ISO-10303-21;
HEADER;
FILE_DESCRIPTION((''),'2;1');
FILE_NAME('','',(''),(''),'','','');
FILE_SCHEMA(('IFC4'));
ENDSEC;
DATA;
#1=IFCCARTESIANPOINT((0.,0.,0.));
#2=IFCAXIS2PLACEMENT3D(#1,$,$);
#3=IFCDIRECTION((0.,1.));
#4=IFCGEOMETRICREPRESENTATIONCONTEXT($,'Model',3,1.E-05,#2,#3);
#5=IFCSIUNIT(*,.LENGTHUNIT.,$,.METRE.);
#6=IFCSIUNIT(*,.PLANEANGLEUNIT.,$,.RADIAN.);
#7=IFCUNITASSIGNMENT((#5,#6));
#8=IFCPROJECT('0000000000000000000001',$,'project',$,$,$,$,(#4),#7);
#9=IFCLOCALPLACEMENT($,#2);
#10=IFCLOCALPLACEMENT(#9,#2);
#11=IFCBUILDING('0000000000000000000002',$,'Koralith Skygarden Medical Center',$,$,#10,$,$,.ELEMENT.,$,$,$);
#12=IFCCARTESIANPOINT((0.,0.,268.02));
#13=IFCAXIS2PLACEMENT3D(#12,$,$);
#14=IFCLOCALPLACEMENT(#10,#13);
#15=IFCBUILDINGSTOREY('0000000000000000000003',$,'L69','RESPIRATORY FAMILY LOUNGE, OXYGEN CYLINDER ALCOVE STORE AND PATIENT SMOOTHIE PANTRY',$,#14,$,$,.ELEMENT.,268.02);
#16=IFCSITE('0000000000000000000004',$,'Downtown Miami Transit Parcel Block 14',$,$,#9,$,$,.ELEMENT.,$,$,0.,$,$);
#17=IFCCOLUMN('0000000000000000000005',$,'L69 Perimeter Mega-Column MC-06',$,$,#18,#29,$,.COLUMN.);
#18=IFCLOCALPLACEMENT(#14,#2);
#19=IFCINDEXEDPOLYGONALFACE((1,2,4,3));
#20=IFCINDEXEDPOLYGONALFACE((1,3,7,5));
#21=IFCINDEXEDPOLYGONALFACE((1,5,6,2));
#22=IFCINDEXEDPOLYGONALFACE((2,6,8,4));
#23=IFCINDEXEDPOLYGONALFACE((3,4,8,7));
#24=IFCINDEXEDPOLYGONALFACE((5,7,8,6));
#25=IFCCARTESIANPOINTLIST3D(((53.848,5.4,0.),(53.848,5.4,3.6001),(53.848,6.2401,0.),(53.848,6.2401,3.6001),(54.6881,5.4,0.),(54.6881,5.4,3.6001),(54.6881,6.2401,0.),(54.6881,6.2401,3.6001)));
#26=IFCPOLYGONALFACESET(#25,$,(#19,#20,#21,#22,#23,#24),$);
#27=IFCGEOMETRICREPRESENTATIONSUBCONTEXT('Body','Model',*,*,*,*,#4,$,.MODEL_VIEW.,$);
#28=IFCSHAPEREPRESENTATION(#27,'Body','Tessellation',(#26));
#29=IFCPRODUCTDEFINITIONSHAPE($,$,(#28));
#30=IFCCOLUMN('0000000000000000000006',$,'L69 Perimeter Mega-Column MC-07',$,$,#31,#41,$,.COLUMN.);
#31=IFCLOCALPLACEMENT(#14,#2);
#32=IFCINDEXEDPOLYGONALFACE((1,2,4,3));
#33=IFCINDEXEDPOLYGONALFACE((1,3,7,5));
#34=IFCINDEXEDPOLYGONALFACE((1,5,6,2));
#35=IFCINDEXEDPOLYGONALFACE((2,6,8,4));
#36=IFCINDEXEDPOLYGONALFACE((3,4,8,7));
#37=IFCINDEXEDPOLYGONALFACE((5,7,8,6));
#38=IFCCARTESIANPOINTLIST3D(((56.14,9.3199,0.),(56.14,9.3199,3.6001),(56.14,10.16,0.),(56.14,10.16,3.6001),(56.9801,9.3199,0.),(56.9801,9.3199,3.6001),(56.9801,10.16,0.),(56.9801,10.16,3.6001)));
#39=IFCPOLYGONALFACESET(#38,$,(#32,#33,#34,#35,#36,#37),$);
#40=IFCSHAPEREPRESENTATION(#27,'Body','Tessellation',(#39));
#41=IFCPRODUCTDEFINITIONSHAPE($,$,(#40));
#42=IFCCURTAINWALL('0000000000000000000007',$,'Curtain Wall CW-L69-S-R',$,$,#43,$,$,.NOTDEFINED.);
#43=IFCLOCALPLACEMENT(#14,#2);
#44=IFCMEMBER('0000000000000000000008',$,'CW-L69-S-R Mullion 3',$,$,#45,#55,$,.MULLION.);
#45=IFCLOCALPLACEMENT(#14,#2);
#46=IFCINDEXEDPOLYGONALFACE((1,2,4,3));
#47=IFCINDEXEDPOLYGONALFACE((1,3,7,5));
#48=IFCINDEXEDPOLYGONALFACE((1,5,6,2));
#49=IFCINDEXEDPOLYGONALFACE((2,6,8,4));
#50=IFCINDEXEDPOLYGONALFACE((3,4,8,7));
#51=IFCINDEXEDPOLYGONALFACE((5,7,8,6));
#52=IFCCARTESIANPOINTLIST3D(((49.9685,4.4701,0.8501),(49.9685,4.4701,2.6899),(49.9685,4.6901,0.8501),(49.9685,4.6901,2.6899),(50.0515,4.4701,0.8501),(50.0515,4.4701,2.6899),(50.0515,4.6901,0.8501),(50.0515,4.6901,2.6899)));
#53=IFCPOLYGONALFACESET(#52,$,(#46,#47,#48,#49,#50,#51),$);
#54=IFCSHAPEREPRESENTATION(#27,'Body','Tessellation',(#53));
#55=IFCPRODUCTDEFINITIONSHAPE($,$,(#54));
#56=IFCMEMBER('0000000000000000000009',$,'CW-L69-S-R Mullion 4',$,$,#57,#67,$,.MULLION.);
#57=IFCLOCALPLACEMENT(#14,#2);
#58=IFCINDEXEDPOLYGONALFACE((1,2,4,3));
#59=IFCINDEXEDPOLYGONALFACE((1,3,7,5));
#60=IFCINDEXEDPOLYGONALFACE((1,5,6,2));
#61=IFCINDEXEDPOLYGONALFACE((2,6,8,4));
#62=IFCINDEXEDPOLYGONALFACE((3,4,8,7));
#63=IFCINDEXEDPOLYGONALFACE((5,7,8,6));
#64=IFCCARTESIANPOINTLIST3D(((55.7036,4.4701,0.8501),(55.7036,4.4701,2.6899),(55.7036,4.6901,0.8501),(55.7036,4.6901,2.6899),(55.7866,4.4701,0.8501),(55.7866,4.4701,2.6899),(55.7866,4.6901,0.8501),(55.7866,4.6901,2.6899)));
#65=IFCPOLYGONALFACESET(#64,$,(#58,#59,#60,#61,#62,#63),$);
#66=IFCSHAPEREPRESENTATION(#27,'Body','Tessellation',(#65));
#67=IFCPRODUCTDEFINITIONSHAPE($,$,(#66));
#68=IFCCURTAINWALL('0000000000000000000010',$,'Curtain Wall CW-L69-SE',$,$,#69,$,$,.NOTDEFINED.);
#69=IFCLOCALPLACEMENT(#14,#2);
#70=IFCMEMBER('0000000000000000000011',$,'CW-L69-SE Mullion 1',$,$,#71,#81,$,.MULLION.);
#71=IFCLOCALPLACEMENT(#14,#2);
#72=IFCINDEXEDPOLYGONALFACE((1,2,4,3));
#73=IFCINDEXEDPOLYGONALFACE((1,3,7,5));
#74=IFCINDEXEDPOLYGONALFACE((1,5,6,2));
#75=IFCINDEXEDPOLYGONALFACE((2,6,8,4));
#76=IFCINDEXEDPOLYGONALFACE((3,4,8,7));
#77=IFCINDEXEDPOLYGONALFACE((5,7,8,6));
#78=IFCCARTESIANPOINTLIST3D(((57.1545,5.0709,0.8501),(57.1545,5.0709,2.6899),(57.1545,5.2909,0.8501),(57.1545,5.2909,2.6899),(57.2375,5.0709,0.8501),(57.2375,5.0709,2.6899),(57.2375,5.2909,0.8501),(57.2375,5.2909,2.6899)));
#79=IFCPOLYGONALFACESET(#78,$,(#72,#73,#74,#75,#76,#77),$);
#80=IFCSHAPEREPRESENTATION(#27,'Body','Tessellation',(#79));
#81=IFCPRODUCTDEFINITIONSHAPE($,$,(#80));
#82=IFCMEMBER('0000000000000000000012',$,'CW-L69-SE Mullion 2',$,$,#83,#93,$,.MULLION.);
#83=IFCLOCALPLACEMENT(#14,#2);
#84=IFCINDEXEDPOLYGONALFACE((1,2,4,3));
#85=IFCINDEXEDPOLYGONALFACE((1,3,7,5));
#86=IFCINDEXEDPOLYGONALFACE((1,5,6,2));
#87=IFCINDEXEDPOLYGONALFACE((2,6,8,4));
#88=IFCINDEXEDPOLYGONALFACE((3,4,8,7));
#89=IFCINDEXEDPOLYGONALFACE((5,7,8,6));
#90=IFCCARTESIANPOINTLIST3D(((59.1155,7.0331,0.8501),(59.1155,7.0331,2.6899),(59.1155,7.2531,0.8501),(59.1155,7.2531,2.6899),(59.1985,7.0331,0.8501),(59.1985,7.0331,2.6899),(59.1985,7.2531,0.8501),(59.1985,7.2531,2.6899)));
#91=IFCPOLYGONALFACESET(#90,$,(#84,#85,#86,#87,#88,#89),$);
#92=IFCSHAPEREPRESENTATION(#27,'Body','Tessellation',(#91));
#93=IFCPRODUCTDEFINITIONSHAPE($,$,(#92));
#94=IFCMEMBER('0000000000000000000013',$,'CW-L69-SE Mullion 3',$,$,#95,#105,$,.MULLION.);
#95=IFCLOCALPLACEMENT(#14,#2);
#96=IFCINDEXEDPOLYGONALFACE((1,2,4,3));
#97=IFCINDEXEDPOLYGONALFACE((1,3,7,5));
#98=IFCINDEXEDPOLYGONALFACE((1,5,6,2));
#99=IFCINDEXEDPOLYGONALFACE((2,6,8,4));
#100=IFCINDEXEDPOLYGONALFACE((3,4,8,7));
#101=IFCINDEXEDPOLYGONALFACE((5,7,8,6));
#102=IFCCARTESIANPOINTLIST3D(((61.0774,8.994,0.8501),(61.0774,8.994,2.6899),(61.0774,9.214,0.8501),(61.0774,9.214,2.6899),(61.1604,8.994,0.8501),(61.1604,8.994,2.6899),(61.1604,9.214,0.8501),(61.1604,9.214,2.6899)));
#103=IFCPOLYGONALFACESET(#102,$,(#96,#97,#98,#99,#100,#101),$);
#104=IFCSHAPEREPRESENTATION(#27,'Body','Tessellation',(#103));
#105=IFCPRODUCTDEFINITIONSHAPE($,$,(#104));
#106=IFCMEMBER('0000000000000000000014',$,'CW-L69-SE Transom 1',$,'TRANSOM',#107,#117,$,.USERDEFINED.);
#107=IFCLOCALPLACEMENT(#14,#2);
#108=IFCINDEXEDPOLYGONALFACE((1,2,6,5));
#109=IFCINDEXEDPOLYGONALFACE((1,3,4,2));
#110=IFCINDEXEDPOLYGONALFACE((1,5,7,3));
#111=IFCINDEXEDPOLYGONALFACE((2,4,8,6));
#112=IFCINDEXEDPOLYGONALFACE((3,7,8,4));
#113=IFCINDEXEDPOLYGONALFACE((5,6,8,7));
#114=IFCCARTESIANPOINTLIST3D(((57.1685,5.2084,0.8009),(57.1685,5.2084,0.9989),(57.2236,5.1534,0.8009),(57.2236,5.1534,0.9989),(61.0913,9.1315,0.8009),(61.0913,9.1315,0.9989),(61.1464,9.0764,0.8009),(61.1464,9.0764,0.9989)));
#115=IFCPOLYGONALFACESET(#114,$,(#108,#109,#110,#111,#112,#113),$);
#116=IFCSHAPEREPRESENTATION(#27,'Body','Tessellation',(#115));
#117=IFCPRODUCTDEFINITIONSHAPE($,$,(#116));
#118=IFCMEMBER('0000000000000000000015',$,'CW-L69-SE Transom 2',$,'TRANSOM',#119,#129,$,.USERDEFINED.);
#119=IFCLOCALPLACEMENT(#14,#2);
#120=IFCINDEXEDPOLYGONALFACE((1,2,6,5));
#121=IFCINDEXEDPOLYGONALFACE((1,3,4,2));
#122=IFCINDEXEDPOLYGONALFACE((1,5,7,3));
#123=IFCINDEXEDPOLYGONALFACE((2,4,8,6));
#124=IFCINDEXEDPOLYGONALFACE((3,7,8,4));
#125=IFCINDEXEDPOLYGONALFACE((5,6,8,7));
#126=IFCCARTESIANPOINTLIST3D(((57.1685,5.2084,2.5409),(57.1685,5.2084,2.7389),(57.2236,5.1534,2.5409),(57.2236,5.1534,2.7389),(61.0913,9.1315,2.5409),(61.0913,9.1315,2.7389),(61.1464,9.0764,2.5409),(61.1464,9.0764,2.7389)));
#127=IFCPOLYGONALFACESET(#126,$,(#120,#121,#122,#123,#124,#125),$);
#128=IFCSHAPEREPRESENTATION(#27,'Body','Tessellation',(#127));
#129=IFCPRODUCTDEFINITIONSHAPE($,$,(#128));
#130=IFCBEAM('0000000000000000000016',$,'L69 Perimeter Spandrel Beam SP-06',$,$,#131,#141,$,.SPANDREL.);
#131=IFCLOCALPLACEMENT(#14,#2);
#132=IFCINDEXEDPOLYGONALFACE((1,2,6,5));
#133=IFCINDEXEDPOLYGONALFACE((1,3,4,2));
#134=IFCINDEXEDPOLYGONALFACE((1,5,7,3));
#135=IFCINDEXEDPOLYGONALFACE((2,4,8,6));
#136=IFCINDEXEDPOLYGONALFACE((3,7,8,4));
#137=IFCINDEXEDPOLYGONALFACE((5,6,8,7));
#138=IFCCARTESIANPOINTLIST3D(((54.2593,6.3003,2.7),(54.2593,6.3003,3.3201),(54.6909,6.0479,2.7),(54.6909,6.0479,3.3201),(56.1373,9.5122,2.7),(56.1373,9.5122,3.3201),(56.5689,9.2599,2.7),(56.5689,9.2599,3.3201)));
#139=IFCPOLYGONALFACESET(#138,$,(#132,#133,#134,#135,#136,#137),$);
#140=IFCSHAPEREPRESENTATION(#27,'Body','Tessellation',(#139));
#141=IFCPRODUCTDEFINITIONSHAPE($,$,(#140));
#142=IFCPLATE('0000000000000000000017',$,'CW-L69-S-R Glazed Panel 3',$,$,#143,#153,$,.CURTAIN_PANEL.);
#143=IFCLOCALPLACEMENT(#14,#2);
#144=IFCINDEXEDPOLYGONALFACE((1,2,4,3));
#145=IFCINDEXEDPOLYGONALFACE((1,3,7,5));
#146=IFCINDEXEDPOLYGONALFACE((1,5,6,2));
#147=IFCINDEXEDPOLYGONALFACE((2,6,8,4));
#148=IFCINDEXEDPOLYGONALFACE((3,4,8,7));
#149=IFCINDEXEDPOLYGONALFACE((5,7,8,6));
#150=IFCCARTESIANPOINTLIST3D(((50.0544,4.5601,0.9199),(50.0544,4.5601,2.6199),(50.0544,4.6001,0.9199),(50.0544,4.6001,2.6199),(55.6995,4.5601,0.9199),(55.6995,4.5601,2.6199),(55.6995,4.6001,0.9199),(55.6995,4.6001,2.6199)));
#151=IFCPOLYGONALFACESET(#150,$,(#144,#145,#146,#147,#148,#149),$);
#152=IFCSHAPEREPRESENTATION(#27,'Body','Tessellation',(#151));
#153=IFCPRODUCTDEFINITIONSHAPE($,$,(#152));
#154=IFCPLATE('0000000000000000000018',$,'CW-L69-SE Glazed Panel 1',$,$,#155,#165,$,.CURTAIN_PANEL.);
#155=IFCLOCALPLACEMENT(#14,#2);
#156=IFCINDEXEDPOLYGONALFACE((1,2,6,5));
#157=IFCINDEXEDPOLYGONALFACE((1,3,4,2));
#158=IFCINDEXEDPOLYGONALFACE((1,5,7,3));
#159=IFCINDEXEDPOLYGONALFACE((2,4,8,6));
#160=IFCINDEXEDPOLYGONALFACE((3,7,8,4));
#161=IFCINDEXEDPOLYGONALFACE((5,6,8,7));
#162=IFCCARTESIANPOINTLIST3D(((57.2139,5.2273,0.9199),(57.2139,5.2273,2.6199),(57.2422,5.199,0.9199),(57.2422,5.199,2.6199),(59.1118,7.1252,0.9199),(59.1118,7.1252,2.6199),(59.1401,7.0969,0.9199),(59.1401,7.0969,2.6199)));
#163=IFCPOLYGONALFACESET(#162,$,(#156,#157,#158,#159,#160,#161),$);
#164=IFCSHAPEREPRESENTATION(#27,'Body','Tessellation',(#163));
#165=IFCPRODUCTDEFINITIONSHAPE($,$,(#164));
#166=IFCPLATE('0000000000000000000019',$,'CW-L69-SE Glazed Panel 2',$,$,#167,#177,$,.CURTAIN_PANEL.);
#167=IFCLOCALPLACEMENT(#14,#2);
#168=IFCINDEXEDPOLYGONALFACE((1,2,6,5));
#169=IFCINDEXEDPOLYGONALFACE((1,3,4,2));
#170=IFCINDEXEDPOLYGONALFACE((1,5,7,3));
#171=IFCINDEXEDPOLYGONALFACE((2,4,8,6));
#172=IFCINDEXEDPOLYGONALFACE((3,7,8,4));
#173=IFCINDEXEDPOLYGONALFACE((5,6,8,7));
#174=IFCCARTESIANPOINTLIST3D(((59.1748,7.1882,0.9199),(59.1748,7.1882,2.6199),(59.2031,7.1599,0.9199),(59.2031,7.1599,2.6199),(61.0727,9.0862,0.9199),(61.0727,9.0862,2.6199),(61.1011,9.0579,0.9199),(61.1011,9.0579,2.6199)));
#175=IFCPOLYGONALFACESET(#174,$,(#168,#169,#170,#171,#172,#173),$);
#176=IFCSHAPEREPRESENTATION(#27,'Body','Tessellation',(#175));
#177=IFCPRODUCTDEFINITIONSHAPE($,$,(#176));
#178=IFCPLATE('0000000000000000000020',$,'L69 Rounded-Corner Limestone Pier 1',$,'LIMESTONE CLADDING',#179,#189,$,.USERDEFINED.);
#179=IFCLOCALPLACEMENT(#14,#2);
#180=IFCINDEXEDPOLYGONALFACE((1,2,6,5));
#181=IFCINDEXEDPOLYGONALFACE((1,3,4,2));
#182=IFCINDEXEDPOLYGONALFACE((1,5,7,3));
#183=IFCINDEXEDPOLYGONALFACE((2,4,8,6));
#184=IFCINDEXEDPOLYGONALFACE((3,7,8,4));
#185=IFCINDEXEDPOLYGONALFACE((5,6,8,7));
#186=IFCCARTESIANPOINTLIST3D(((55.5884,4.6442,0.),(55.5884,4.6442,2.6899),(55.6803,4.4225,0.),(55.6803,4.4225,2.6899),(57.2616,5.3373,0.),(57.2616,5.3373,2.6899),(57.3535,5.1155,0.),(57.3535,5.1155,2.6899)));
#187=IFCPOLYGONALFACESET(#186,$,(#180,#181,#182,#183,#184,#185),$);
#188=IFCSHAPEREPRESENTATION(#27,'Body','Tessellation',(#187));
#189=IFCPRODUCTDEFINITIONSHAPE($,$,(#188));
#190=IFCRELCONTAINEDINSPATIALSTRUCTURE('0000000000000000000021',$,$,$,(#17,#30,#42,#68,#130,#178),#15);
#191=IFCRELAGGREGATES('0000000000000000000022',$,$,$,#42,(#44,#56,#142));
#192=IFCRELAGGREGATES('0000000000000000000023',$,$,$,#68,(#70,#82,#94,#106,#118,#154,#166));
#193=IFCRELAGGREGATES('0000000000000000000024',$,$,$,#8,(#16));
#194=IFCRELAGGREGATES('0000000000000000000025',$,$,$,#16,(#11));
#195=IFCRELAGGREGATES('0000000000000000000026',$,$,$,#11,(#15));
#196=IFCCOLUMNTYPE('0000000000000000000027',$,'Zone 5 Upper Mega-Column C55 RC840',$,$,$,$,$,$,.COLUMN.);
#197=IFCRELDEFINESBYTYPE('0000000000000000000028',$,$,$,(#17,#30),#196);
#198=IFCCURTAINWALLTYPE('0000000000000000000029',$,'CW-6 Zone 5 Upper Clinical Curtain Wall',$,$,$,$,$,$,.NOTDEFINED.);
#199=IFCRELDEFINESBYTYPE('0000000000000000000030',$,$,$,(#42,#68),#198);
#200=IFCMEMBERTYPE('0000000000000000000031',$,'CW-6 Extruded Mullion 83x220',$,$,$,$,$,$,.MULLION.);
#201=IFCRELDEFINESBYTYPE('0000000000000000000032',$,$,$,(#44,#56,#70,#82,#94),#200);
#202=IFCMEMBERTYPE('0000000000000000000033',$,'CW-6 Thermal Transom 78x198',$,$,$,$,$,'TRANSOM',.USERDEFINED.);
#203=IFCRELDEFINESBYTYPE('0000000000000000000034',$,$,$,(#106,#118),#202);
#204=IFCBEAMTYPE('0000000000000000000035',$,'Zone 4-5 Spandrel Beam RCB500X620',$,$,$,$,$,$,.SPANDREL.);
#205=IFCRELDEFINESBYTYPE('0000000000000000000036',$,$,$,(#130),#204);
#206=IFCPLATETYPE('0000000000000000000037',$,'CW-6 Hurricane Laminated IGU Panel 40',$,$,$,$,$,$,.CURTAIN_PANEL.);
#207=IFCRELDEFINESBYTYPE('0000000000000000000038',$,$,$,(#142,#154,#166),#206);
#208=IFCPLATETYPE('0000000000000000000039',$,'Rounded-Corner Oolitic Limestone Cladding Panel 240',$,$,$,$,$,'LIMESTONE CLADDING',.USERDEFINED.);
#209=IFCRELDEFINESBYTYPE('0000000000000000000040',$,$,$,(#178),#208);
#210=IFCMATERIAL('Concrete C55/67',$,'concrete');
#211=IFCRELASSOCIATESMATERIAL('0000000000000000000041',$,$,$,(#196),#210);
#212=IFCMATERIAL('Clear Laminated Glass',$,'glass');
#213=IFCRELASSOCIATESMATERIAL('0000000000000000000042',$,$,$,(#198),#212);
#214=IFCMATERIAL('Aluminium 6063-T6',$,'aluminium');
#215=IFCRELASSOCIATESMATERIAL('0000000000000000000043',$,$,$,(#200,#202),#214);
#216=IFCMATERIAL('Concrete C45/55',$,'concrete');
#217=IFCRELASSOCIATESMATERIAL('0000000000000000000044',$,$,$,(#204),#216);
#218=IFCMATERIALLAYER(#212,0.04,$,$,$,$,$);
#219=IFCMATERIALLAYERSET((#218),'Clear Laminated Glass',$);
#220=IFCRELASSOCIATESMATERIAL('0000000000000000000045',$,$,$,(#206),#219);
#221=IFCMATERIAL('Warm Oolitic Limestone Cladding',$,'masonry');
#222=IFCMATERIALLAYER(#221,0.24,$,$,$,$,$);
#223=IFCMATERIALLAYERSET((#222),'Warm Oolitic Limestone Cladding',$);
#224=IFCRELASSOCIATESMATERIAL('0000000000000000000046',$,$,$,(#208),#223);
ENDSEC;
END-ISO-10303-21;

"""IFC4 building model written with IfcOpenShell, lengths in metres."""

from ifc_helpers import new_model, si_unit, direction, frame, origin, origin_2d, place, context, subcontext, project, spatial, rectangle, extrude, material, layer, layer_set, material_profile, profile_set, type_object, element, aggregate, save


model = new_model("IFC4")

# Units and contexts
model_context = context("Model", 3, precision=1e-05, world=origin(), true_north=direction((0.0, 1.0)))
body_context = subcontext(model_context, "Body", "Model", "MODEL_VIEW")
ifc_project = project(units=[si_unit("LENGTHUNIT", "METRE"), si_unit("PLANEANGLEUNIT", "RADIAN")], contexts=[model_context])

# Site, building, storey
site_placement = place(None, origin())
site = spatial("IfcSite", under=ifc_project, at=site_placement, Name="Downtown Miami Transit Parcel Block 14", CompositionType="ELEMENT", RefElevation=0.0)
building_placement = place(site_placement, origin())
building = spatial("IfcBuilding", under=site, at=building_placement, Name="Koralith Skygarden Medical Center", CompositionType="ELEMENT")
storey_placement = place(building_placement, frame((0.0, 0.0, 268.02)))
storey = spatial("IfcBuildingStorey", under=building, at=storey_placement, Name="L69", Description="RESPIRATORY FAMILY LOUNGE, OXYGEN CYLINDER ALCOVE STORE AND PATIENT SMOOTHIE PANTRY", CompositionType="ELEMENT", Elevation=268.02)

# Columns
ifc_material_1 = material(Name="Concrete C55/67", Category="concrete")
ifc_material_profile_1 = material_profile(ifc_material_1, rectangle(XDim=0.8401, YDim=0.8401, at=origin_2d()), Name="RC840X840")
ifc_profile_set_1 = profile_set([ifc_material_profile_1], Name="Concrete C55/67")
column_type = type_object("IfcColumnType", Name="Zone 5 Upper Mega-Column C55 RC840", PredefinedType="COLUMN", material=ifc_profile_set_1)
for number, where, z_axis, x_axis, name in (
    (1, (54.2681, 5.8201, 0.0), (0.0, 0.0, 1.0), (1.0, 0.0, 0.0), "L69 Perimeter Mega-Column MC-06"),
    (2, (56.5601, 9.74, 0.0), (0.0, 0.0, 1.0), (1.0, 0.0, 0.0), "L69 Perimeter Mega-Column MC-07"),
):
    element("IfcColumn", number, at=place(storey_placement, frame(where, z_axis=z_axis, x_axis=x_axis)), inside=storey, type_object=column_type, Name=name, PredefinedType="COLUMN", context=body_context, shape_type="SweptSolid", body=[
        extrude(rectangle(XDim=0.8401, YDim=0.8401, at=origin_2d()), origin(), (0.0, 0.0, 1.0), 3.6001),
    ])

# Curtain walls, members
ifc_material_2 = material(Name="Clear Laminated Glass", Category="glass")
curtain_wall_type = type_object("IfcCurtainWallType", Name="CW-6 Zone 5 Upper Clinical Curtain Wall", PredefinedType="NOTDEFINED", material=ifc_material_2)
curtain_wall_1_placement = place(storey_placement, origin())
curtain_wall_1 = element("IfcCurtainWall", 3, at=curtain_wall_1_placement, inside=storey, type_object=curtain_wall_type, Name="Curtain Wall CW-L69-S-R", PredefinedType="NOTDEFINED")
ifc_material_3 = material(Name="Aluminium 6063-T6", Category="aluminium")
ifc_material_profile_2 = material_profile(ifc_material_3, rectangle(XDim=0.083, YDim=0.22, at=origin_2d()), Name="MUL83X220")
ifc_profile_set_2 = profile_set([ifc_material_profile_2], Name="Aluminium 6063-T6")
member_type_1 = type_object("IfcMemberType", Name="CW-6 Extruded Mullion 83x220", PredefinedType="MULLION", material=ifc_profile_set_2)
member_1_placement = place(storey_placement, frame((50.01, 4.5801, 0.8501), z_axis=(0.0, 0.0, 1.0), x_axis=(1.0, 0.0, 0.0)))
member_1 = element("IfcMember", 4, at=member_1_placement, type_object=member_type_1, Name="CW-L69-S-R Mullion 3", PredefinedType="MULLION", context=body_context, shape_type="SweptSolid", body=[
    extrude(rectangle(XDim=0.083, YDim=0.22, at=origin_2d()), origin(), (0.0, 0.0, 1.0), 1.8398),
])
member_2_placement = place(storey_placement, frame((55.7451, 4.5801, 0.8501), z_axis=(0.0, 0.0, 1.0), x_axis=(1.0, 0.0, 0.0)))
member_2 = element("IfcMember", 5, at=member_2_placement, type_object=member_type_1, Name="CW-L69-S-R Mullion 4", PredefinedType="MULLION", context=body_context, shape_type="SweptSolid", body=[
    extrude(rectangle(XDim=0.083, YDim=0.22, at=origin_2d()), origin(), (0.0, 0.0, 1.0), 1.8398),
])
curtain_wall_2_placement = place(storey_placement, origin())
curtain_wall_2 = element("IfcCurtainWall", 6, at=curtain_wall_2_placement, inside=storey, type_object=curtain_wall_type, Name="Curtain Wall CW-L69-SE", PredefinedType="NOTDEFINED")
member_3_placement = place(storey_placement, frame((57.196, 5.1809, 0.8501), z_axis=(0.0, 0.0, 1.0), x_axis=(1.0, 0.0, 0.0)))
member_3 = element("IfcMember", 7, at=member_3_placement, type_object=member_type_1, Name="CW-L69-SE Mullion 1", PredefinedType="MULLION", context=body_context, shape_type="SweptSolid", body=[
    extrude(rectangle(XDim=0.083, YDim=0.22, at=origin_2d()), origin(), (0.0, 0.0, 1.0), 1.8398),
])
member_4_placement = place(storey_placement, frame((59.157, 7.1431, 0.8501), z_axis=(0.0, 0.0, 1.0), x_axis=(1.0, 0.0, 0.0)))
member_4 = element("IfcMember", 8, at=member_4_placement, type_object=member_type_1, Name="CW-L69-SE Mullion 2", PredefinedType="MULLION", context=body_context, shape_type="SweptSolid", body=[
    extrude(rectangle(XDim=0.083, YDim=0.22, at=origin_2d()), origin(), (0.0, 0.0, 1.0), 1.8398),
])
member_5_placement = place(storey_placement, frame((61.1189, 9.104, 0.8501), z_axis=(0.0, 0.0, 1.0), x_axis=(1.0, 0.0, 0.0)))
member_5 = element("IfcMember", 9, at=member_5_placement, type_object=member_type_1, Name="CW-L69-SE Mullion 3", PredefinedType="MULLION", context=body_context, shape_type="SweptSolid", body=[
    extrude(rectangle(XDim=0.083, YDim=0.22, at=origin_2d()), origin(), (0.0, 0.0, 1.0), 1.8398),
])
ifc_material_profile_3 = material_profile(ifc_material_3, rectangle(XDim=0.0779, YDim=0.198, at=origin_2d()), Name="TRN78X198")
ifc_profile_set_3 = profile_set([ifc_material_profile_3], Name="Aluminium 6063-T6")
member_type_2 = type_object("IfcMemberType", Name="CW-6 Thermal Transom 78x198", ElementType="TRANSOM", PredefinedType="USERDEFINED", material=ifc_profile_set_3)
member_6_placement = place(storey_placement, frame((57.196, 5.1809, 0.8999), z_axis=(0.707085, 0.707129, 0.0), x_axis=(-0.707129, 0.707085, 0.0)))
member_6 = element("IfcMember", 10, at=member_6_placement, type_object=member_type_2, Name="CW-L69-SE Transom 1", ObjectType="TRANSOM", PredefinedType="USERDEFINED", context=body_context, shape_type="SweptSolid", body=[
    extrude(rectangle(XDim=0.0779, YDim=0.198, at=origin_2d()), origin(), (0.0, 0.0, 1.0), 5.5479),
])
member_7_placement = place(storey_placement, frame((57.196, 5.1809, 2.6399), z_axis=(0.707085, 0.707129, 0.0), x_axis=(-0.707129, 0.707085, 0.0)))
member_7 = element("IfcMember", 11, at=member_7_placement, type_object=member_type_2, Name="CW-L69-SE Transom 2", ObjectType="TRANSOM", PredefinedType="USERDEFINED", context=body_context, shape_type="SweptSolid", body=[
    extrude(rectangle(XDim=0.0779, YDim=0.198, at=origin_2d()), origin(), (0.0, 0.0, 1.0), 5.5479),
])

# Beam
ifc_material_4 = material(Name="Concrete C45/55", Category="concrete")
ifc_material_profile_4 = material_profile(ifc_material_4, rectangle(XDim=0.5, YDim=0.6201, at=origin_2d()), Name="RCB500X620")
ifc_profile_set_4 = profile_set([ifc_material_profile_4], Name="Concrete C45/55")
beam_type = type_object("IfcBeamType", Name="Zone 4-5 Spandrel Beam RCB500X620", PredefinedType="SPANDREL", material=ifc_profile_set_4)
beam_placement = place(storey_placement, frame((54.4751, 6.1741, 3.01), z_axis=(0.504736, 0.863274, 0.0), x_axis=(-0.863274, 0.504736, 0.0)))
element("IfcBeam", 12, at=beam_placement, inside=storey, type_object=beam_type, Name="L69 Perimeter Spandrel Beam SP-06", PredefinedType="SPANDREL", context=body_context, shape_type="SweptSolid", body=[
    extrude(rectangle(XDim=0.5, YDim=0.6201, at=origin_2d()), origin(), (0.0, 0.0, 1.0), 3.7207),
])

# Plates
ifc_layer_1 = layer(ifc_material_2, 0.04)
ifc_layer_set_1 = layer_set([ifc_layer_1], Name="Clear Laminated Glass")
plate_type_1 = type_object("IfcPlateType", Name="CW-6 Hurricane Laminated IGU Panel 40", PredefinedType="CURTAIN_PANEL", material=ifc_layer_set_1)
plate_1_placement = place(storey_placement, frame((52.877, 4.5801, 0.9199), z_axis=(0.0, 0.0, 1.0), x_axis=(1.0, 0.0, 0.0)))
plate_1 = element("IfcPlate", 13, at=plate_1_placement, type_object=plate_type_1, Name="CW-L69-S-R Glazed Panel 3", PredefinedType="CURTAIN_PANEL", context=body_context, shape_type="SweptSolid", body=[
    extrude(rectangle(XDim=5.645, YDim=0.04, at=origin_2d()), origin(), (0.0, 0.0, 1.0), 1.7),
])
aggregate(curtain_wall_1, [member_1, member_2, plate_1])
plate_2_placement = place(storey_placement, frame((58.177, 6.1621, 0.9199), z_axis=(0.0, 0.0, 1.0), x_axis=(0.707107, 0.707107, 0.0)))
plate_2 = element("IfcPlate", 14, at=plate_2_placement, type_object=plate_type_1, Name="CW-L69-SE Glazed Panel 1", PredefinedType="CURTAIN_PANEL", context=body_context, shape_type="SweptSolid", body=[
    extrude(rectangle(XDim=2.6841, YDim=0.04, at=origin_2d()), origin(), (0.0, 0.0, 1.0), 1.7),
])
plate_3_placement = place(storey_placement, frame((60.1379, 8.123, 0.9199), z_axis=(0.0, 0.0, 1.0), x_axis=(0.707107, 0.707107, 0.0)))
plate_3 = element("IfcPlate", 15, at=plate_3_placement, type_object=plate_type_1, Name="CW-L69-SE Glazed Panel 2", PredefinedType="CURTAIN_PANEL", context=body_context, shape_type="SweptSolid", body=[
    extrude(rectangle(XDim=2.6841, YDim=0.04, at=origin_2d()), origin(), (0.0, 0.0, 1.0), 1.7),
])
aggregate(curtain_wall_2, [member_3, member_4, member_5, member_6, member_7, plate_2, plate_3])
ifc_material_5 = material(Name="Warm Oolitic Limestone Cladding", Category="masonry")
ifc_layer_2 = layer(ifc_material_5, 0.24)
ifc_layer_set_2 = layer_set([ifc_layer_2], Name="Warm Oolitic Limestone Cladding")
plate_type_2 = type_object("IfcPlateType", Name="Rounded-Corner Oolitic Limestone Cladding Panel 240", ElementType="LIMESTONE CLADDING", PredefinedType="USERDEFINED", material=ifc_layer_set_2)
plate_4_placement = place(storey_placement, frame((56.4709, 4.8799, 0.0), z_axis=(0.0, 0.0, 1.0), x_axis=(0.923885, 0.382671, 0.0)))
element("IfcPlate", 16, at=plate_4_placement, inside=storey, type_object=plate_type_2, Name="L69 Rounded-Corner Limestone Pier 1", ObjectType="LIMESTONE CLADDING", PredefinedType="USERDEFINED", context=body_context, shape_type="SweptSolid", body=[
    extrude(rectangle(XDim=1.811, YDim=0.24, at=origin_2d()), origin(), (0.0, 0.0, 1.0), 2.6899),
])

save(model, "model.ifc")
